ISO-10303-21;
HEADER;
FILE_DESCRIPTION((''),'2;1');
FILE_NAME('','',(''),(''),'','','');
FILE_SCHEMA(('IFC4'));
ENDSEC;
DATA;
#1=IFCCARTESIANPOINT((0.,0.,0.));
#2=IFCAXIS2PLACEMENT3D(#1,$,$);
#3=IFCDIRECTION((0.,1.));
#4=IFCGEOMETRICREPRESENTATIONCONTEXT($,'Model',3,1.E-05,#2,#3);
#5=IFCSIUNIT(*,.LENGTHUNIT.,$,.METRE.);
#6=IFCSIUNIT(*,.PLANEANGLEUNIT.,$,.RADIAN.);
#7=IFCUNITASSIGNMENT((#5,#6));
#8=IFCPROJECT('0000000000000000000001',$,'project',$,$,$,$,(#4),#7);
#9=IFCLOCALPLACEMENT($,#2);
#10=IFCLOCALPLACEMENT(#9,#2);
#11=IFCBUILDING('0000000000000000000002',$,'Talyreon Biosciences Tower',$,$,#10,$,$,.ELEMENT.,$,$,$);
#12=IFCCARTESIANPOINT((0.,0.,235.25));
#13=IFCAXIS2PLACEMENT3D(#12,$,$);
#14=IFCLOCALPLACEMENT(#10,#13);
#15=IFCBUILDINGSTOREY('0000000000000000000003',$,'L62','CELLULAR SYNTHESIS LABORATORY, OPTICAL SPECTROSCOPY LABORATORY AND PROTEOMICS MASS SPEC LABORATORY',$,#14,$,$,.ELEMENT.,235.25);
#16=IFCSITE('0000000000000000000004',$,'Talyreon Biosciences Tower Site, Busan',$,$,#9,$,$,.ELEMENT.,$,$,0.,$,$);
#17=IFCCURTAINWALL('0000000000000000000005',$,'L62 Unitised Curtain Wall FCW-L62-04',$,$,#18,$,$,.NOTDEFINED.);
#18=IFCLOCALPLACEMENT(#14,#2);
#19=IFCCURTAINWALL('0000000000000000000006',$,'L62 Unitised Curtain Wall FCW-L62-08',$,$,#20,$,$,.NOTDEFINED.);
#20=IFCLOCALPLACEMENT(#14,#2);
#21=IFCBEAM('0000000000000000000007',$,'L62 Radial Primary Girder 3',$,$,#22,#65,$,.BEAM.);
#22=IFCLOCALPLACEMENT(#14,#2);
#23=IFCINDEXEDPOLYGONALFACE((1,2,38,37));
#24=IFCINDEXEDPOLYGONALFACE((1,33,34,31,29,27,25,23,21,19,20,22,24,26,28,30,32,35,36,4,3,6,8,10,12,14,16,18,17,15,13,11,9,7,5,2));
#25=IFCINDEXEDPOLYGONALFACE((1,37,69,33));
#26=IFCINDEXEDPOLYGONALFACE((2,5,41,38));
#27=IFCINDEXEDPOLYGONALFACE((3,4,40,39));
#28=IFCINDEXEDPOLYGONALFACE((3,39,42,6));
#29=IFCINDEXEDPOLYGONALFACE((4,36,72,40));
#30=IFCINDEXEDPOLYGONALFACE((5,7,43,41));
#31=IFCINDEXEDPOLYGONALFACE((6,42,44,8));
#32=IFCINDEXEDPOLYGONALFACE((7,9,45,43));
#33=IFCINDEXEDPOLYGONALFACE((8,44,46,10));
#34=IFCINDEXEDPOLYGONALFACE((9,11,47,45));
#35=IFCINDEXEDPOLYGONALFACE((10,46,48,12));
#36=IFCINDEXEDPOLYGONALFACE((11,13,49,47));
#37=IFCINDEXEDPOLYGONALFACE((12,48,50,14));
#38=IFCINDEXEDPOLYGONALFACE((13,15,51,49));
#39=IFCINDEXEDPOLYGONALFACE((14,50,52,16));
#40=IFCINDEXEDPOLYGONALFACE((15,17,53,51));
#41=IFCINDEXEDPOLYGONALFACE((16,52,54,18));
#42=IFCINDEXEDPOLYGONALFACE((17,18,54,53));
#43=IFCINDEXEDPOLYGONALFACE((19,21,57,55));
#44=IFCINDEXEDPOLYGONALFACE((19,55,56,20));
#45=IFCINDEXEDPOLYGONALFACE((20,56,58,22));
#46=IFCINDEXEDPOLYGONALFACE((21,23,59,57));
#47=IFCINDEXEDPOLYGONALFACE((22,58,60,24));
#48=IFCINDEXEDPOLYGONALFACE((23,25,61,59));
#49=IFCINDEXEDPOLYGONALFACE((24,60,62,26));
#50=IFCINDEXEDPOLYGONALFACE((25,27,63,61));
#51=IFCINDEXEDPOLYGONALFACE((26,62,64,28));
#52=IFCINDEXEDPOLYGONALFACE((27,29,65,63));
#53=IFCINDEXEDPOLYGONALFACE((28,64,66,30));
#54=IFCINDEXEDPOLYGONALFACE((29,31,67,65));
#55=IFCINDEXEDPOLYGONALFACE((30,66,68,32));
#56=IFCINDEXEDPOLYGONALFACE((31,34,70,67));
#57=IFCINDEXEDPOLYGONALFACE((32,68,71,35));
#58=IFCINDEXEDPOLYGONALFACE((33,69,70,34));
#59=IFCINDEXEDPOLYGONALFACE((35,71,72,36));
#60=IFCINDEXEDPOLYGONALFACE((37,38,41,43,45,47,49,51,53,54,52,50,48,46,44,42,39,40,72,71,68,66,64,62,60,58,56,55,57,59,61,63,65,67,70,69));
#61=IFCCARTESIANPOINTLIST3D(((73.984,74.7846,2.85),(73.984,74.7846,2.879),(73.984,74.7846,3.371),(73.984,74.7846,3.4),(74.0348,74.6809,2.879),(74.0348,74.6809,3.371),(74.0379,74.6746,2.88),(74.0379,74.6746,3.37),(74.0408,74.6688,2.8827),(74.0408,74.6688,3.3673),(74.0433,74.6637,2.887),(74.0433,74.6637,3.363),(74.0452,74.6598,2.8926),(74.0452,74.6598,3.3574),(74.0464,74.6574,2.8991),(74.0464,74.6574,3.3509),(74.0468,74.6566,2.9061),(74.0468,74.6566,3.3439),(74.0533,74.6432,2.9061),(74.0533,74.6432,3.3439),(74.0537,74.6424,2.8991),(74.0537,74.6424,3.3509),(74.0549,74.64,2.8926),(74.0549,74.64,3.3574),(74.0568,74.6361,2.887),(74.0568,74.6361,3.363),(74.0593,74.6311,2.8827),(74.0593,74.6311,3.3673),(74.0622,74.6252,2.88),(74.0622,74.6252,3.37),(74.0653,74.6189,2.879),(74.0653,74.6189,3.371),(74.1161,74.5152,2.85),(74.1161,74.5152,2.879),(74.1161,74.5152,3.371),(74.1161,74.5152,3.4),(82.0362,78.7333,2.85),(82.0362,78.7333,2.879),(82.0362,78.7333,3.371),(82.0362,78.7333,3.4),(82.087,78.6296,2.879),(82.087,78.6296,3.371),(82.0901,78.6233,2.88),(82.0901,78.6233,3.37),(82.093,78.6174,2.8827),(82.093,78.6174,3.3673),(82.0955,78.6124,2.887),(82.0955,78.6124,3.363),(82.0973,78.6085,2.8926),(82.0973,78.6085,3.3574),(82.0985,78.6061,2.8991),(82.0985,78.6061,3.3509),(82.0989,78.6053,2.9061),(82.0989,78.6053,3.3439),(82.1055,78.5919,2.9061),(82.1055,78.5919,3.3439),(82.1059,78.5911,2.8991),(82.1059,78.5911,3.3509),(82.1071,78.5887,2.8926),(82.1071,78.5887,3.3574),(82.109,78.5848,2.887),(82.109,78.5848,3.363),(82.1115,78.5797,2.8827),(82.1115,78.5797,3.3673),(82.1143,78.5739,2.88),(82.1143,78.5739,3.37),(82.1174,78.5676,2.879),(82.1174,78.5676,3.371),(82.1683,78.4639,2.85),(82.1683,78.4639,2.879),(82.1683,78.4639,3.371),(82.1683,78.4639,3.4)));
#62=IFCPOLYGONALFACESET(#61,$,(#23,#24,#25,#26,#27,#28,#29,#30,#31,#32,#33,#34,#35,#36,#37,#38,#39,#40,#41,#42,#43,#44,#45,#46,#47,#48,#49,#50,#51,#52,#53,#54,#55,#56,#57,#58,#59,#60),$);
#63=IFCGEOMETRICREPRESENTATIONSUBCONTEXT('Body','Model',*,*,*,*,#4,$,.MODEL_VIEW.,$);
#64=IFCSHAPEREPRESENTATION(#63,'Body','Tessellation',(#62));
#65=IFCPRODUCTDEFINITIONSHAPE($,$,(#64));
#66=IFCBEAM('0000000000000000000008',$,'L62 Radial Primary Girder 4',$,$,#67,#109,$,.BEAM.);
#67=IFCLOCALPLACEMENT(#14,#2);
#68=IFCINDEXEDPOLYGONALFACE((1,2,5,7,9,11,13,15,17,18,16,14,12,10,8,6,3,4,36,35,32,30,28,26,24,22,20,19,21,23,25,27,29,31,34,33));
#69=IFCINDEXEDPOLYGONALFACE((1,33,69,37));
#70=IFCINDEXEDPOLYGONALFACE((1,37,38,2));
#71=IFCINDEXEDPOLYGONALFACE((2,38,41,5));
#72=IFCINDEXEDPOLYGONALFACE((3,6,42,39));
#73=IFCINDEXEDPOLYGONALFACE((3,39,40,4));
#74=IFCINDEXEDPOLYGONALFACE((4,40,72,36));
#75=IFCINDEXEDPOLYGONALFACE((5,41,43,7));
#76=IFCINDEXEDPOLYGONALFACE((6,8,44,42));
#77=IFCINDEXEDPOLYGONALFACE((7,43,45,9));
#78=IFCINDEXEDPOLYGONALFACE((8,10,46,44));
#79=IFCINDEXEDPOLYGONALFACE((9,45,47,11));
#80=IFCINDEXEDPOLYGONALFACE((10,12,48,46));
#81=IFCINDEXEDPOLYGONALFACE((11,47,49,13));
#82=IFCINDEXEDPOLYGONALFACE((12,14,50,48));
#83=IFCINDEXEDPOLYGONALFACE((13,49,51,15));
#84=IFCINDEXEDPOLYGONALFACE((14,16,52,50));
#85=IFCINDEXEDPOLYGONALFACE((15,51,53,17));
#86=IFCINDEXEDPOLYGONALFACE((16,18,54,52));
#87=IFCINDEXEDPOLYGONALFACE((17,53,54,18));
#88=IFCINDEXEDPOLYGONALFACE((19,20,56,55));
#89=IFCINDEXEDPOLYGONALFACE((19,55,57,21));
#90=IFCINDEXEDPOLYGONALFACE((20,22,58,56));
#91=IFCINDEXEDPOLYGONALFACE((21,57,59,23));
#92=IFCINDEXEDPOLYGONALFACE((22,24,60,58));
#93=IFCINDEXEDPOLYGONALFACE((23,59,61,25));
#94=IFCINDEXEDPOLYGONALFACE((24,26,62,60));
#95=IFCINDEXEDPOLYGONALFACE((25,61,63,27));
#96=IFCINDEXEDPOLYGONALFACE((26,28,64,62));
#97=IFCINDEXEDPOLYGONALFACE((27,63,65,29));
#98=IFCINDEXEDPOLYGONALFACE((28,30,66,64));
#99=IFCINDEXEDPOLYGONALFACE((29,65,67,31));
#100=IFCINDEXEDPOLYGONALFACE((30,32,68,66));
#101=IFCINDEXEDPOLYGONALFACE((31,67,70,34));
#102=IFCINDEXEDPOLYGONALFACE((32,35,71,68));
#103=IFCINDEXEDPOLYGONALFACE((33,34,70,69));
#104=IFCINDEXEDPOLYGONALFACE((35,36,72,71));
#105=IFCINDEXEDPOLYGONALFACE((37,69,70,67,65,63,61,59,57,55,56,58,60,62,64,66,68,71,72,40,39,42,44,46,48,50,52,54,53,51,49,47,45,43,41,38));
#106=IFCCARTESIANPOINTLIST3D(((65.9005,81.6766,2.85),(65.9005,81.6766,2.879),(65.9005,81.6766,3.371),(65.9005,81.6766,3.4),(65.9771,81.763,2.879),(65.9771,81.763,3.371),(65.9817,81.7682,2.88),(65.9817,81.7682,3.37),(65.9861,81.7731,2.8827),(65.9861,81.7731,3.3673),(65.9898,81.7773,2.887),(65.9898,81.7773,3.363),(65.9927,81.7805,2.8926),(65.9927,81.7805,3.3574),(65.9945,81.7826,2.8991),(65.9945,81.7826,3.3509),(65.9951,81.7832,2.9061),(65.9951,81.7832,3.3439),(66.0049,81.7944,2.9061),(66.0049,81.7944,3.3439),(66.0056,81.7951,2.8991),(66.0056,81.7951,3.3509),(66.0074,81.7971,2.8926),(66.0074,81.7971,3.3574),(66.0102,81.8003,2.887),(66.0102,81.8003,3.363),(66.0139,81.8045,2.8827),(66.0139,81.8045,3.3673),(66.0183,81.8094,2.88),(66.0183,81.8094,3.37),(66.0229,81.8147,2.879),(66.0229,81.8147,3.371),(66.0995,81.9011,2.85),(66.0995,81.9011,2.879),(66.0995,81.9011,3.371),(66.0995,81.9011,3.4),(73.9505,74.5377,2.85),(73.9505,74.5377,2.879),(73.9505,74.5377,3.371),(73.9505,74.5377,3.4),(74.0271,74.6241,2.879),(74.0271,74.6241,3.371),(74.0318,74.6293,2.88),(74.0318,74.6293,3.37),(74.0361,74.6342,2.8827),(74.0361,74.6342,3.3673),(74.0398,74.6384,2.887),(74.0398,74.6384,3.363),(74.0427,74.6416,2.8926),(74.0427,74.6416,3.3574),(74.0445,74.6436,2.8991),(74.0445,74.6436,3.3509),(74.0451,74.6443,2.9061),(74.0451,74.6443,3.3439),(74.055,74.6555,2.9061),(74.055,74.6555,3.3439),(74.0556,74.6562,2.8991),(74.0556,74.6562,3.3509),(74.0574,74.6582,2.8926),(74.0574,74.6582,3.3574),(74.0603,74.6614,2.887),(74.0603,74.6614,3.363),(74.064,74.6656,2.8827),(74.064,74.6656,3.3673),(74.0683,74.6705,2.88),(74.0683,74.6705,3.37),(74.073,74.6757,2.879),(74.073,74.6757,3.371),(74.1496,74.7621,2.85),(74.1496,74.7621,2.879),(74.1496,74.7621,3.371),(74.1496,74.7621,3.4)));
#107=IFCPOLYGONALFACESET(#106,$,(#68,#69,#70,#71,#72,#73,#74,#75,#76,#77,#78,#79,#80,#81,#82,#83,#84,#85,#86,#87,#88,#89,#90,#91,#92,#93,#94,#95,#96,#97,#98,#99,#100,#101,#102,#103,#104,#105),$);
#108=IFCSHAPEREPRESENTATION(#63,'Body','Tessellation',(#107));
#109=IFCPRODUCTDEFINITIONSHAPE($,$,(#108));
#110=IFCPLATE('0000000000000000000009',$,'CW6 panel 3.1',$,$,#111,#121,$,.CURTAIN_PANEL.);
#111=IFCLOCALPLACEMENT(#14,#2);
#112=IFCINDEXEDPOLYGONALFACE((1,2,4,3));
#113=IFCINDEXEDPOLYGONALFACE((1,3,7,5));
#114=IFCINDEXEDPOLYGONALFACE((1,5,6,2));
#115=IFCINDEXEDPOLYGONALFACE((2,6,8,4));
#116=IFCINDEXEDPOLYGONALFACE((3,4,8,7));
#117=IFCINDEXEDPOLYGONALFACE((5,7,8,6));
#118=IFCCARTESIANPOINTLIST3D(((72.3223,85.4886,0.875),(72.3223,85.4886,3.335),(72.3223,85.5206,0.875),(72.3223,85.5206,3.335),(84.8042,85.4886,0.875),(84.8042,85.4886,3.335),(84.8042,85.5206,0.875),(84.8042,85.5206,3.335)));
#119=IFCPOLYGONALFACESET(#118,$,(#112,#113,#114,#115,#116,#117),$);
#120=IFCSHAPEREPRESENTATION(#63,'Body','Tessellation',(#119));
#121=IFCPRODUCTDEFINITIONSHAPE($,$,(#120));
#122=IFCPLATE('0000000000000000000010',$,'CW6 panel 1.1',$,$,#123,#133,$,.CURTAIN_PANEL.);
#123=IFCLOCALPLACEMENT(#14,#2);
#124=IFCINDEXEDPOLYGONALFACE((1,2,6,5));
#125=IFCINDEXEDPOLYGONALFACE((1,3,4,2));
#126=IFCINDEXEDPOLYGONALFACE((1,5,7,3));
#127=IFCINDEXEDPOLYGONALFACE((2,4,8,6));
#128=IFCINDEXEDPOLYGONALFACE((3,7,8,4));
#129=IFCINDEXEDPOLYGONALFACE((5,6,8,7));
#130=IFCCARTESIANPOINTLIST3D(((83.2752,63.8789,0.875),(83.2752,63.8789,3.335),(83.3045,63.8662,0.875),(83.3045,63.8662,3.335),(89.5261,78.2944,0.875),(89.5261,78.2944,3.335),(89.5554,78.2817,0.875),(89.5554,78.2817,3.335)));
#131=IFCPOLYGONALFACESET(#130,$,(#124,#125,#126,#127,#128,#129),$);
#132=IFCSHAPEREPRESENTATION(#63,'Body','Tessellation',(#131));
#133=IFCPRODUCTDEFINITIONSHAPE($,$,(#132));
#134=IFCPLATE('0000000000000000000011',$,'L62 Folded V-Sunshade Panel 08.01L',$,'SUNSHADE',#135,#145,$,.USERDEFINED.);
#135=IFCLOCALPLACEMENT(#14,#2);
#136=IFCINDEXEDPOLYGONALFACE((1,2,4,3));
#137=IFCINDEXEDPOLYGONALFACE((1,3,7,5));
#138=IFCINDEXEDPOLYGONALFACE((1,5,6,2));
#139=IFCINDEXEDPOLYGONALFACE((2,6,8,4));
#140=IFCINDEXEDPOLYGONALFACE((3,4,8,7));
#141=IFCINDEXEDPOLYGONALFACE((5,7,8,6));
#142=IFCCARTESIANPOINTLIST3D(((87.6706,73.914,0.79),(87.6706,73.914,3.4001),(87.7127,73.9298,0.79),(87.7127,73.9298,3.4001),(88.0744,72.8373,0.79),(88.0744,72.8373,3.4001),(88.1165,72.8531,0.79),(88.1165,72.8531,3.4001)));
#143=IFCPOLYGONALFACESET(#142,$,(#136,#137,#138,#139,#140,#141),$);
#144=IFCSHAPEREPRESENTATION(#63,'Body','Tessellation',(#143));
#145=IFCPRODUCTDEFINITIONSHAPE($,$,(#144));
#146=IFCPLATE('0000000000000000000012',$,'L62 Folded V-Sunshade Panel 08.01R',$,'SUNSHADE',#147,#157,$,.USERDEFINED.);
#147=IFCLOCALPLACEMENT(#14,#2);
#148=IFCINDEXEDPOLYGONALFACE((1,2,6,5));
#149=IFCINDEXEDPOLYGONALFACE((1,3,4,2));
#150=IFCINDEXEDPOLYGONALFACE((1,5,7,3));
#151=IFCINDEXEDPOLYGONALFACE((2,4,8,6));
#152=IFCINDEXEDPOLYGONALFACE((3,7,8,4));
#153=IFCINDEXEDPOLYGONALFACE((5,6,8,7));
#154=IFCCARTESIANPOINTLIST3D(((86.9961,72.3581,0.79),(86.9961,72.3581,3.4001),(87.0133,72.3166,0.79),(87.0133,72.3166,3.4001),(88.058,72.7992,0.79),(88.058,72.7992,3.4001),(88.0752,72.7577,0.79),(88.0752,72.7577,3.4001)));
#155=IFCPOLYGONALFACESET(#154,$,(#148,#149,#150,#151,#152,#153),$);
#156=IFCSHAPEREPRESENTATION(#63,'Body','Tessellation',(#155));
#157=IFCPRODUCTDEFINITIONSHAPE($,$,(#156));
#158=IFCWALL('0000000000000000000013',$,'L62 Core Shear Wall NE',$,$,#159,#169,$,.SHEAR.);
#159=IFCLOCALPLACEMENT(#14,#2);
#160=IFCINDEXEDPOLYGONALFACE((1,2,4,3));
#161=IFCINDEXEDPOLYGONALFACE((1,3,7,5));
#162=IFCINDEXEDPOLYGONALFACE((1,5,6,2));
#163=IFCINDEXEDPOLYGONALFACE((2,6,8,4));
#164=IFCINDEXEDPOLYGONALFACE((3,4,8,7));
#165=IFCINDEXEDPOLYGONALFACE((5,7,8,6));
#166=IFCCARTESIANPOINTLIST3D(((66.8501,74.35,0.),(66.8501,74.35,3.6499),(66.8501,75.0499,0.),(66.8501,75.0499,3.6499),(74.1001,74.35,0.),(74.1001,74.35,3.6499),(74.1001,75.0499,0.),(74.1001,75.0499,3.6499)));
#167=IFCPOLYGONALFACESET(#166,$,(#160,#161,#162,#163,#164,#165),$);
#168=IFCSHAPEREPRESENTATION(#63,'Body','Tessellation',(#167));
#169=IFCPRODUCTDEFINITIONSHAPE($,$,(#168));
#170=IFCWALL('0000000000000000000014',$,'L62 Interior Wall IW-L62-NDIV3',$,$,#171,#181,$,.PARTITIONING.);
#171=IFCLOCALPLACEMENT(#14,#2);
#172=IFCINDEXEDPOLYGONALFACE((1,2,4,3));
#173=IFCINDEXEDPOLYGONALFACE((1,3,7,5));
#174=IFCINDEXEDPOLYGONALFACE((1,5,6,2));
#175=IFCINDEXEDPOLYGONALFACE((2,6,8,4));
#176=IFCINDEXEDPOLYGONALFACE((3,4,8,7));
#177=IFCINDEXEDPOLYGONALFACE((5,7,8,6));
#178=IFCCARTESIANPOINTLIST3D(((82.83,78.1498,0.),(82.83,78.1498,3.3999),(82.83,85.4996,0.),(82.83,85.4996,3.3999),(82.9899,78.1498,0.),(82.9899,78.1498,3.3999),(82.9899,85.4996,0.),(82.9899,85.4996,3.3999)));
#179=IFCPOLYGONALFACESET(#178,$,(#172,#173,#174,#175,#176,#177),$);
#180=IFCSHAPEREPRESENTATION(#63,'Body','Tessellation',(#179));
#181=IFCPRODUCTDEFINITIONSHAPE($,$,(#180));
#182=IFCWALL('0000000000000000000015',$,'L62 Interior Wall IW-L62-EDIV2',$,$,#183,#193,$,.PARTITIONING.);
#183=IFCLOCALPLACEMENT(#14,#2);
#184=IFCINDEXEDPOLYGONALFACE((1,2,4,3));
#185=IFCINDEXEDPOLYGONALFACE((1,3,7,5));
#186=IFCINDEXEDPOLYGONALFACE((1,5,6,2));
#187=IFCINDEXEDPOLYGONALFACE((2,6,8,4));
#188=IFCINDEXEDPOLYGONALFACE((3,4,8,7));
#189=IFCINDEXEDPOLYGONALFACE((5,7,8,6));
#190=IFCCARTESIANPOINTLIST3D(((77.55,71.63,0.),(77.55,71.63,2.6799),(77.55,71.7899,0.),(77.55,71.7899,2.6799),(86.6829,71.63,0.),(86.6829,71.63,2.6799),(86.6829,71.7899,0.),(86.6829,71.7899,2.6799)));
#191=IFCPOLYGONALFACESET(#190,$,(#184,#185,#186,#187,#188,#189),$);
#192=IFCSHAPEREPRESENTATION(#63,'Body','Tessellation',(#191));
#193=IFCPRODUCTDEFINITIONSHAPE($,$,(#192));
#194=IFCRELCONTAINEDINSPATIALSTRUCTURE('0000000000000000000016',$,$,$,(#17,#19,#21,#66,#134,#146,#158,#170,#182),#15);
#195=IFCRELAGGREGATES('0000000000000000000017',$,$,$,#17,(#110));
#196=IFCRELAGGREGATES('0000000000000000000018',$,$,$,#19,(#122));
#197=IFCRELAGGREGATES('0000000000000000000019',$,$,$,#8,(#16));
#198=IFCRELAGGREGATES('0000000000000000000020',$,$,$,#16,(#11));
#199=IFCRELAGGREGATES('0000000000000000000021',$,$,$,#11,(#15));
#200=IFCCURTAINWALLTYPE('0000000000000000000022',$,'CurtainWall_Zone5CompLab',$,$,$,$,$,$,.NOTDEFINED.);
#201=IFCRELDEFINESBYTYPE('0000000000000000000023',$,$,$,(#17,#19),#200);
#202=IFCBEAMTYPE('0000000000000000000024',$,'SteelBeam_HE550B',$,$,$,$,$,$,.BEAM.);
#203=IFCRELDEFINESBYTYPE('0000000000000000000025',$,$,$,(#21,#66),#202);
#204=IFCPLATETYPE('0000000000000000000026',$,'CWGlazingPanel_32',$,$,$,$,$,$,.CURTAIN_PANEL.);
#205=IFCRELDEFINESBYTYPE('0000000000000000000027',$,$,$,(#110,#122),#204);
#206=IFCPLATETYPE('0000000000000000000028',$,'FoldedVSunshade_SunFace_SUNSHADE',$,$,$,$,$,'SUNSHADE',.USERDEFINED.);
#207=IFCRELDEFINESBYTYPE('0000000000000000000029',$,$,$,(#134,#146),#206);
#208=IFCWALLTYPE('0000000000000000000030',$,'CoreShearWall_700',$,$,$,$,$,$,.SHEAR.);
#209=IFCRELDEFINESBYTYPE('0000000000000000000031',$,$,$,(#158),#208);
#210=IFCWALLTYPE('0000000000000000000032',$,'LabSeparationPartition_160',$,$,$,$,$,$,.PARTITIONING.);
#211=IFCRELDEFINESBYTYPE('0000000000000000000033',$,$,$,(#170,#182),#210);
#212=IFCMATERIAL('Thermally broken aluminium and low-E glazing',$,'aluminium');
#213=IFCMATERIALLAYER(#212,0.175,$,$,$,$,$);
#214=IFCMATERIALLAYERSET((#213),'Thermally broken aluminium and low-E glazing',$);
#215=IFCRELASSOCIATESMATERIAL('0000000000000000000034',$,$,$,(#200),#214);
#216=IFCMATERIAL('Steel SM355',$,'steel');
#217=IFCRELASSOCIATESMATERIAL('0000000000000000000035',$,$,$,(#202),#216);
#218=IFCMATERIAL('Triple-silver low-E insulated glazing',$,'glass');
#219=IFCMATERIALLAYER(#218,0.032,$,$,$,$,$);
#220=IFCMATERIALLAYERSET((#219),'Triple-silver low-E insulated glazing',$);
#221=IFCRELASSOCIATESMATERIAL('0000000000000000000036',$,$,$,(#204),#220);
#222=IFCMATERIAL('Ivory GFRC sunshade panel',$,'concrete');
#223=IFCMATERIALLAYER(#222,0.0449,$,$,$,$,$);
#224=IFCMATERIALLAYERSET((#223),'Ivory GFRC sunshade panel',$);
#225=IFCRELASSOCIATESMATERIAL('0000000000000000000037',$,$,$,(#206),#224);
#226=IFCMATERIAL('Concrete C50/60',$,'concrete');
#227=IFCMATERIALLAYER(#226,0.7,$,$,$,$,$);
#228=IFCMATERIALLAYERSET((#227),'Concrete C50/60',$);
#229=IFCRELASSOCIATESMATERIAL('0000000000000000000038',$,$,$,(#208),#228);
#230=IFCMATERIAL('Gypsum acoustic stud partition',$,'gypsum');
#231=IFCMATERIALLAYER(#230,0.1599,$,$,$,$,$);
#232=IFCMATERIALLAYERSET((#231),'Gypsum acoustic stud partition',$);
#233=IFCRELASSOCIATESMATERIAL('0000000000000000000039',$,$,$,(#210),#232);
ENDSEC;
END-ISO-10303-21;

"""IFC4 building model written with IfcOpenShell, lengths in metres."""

from ifc_helpers import new_model, si_unit, direction, frame, frame_2d, origin, origin_2d, place, context, subcontext, project, spatial, rectangle, i_section, extrude, material, layer, layer_set, material_profile, profile_set, type_object, element, aggregate, save


model = new_model("IFC4")

# Units and contexts
model_context = context("Model", 3, precision=1e-05, world=origin(), true_north=direction((0.0, 1.0)))
body_context = subcontext(model_context, "Body", "Model", "MODEL_VIEW")
ifc_project = project(units=[si_unit("LENGTHUNIT", "METRE"), si_unit("PLANEANGLEUNIT", "RADIAN")], contexts=[model_context])

# Site, building, storey
site_placement = place(None, origin())
site = spatial("IfcSite", under=ifc_project, at=site_placement, Name="Talyreon Biosciences Tower Site, Busan", CompositionType="ELEMENT", RefElevation=0.0)
building_placement = place(site_placement, origin())
building = spatial("IfcBuilding", under=site, at=building_placement, Name="Talyreon Biosciences Tower", CompositionType="ELEMENT")
storey_placement = place(building_placement, frame((0.0, 0.0, 235.25)))
storey = spatial("IfcBuildingStorey", under=building, at=storey_placement, Name="L62", Description="CELLULAR SYNTHESIS LABORATORY, OPTICAL SPECTROSCOPY LABORATORY AND PROTEOMICS MASS SPEC LABORATORY", CompositionType="ELEMENT", Elevation=235.25)

# Shared definitions
ifc_material_1 = material(Name="Concrete C50/60", Category="concrete")

# Curtain wall
ifc_material_2 = material(Name="Thermally broken aluminium and low-E glazing", Category="aluminium")
ifc_layer_1 = layer(ifc_material_2, 0.175)
ifc_layer_set_1 = layer_set([ifc_layer_1], Name="Thermally broken aluminium and low-E glazing")
curtain_wall_type = type_object("IfcCurtainWallType", Name="CurtainWall_Zone5CompLab", PredefinedType="NOTDEFINED", material=ifc_layer_set_1)
curtain_wall_1_placement = place(storey_placement, origin())
curtain_wall_1 = element("IfcCurtainWall", 1, at=curtain_wall_1_placement, inside=storey, type_object=curtain_wall_type, Name="L62 Unitised Curtain Wall FCW-L62-04", PredefinedType="NOTDEFINED")

# Curtain wall
curtain_wall_2_placement = place(storey_placement, origin())
curtain_wall_2 = element("IfcCurtainWall", 2, at=curtain_wall_2_placement, inside=storey, type_object=curtain_wall_type, Name="L62 Unitised Curtain Wall FCW-L62-08", PredefinedType="NOTDEFINED")

# Beams
ifc_material_3 = material(Name="Steel SM355", Category="steel")
ifc_material_profile_1 = material_profile(ifc_material_3, i_section(OverallWidth=0.3, OverallDepth=0.55, WebThickness=0.0149, FlangeThickness=0.0291, FilletRadius=0.0271, at=origin_2d()), Name="HE550B")
ifc_profile_set_1 = profile_set([ifc_material_profile_1], Name="Steel SM355")
beam_type_1 = type_object("IfcBeamType", Name="SteelBeam_HE550B", PredefinedType="BEAM", material=ifc_profile_set_1)
beam_1_placement = place(storey_placement, frame((74.05, 74.6499, 3.125), z_axis=(0.897852, 0.440297, 0.0), x_axis=(-0.440297, 0.897852, 0.0)))
element("IfcBeam", 3, at=beam_1_placement, inside=storey, type_object=beam_type_1, Name="L62 Radial Primary Girder 3", PredefinedType="BEAM", context=body_context, shape_type="SweptSolid", body=[
    extrude(i_section(OverallWidth=0.3, OverallDepth=0.55, WebThickness=0.0149, FlangeThickness=0.0291, FilletRadius=0.0271, at=origin_2d()), origin(), (0.0, 0.0, 1.0), 8.9683),
])
beam_2_placement = place(storey_placement, frame((74.05, 74.6499, 3.125), z_axis=(-0.748179, 0.663497, 0.0), x_axis=(-0.663497, -0.748179, 0.0)))
element("IfcBeam", 4, at=beam_2_placement, inside=storey, type_object=beam_type_1, Name="L62 Radial Primary Girder 4", PredefinedType="BEAM", context=body_context, shape_type="SweptSolid", body=[
    extrude(i_section(OverallWidth=0.3, OverallDepth=0.55, WebThickness=0.0149, FlangeThickness=0.0291, FilletRadius=0.0271, at=origin_2d()), origin(), (0.0, 0.0, 1.0), 10.7595),
])

# Plates
ifc_material_4 = material(Name="Triple-silver low-E insulated glazing", Category="glass")
ifc_layer_2 = layer(ifc_material_4, 0.032)
ifc_layer_set_2 = layer_set([ifc_layer_2], Name="Triple-silver low-E insulated glazing")
plate_type_1 = type_object("IfcPlateType", Name="CWGlazingPanel_32", PredefinedType="CURTAIN_PANEL", material=ifc_layer_set_2)
plate_1_placement = place(storey_placement, frame((78.5632, 85.5046, 0.875), z_axis=(0.0, 0.0, 1.0), x_axis=(1.0, 0.0, 0.0)))
plate_1 = element("IfcPlate", 5, at=plate_1_placement, type_object=plate_type_1, Name="CW6 panel 3.1", PredefinedType="CURTAIN_PANEL", context=body_context, shape_type="SweptSolid", body=[
    extrude(rectangle(XDim=12.4819, YDim=0.032, at=origin_2d()), origin(), (0.0, 0.0, 1.0), 2.46),
])
aggregate(curtain_wall_1, [plate_1])
plate_2_placement = place(storey_placement, frame((86.4153, 71.0803, 0.875), z_axis=(0.0, 0.0, 1.0), x_axis=(-0.397832, -0.917458, 0.0)))
plate_2 = element("IfcPlate", 6, at=plate_2_placement, type_object=plate_type_1, Name="CW6 panel 1.1", PredefinedType="CURTAIN_PANEL", context=body_context, shape_type="SweptSolid", body=[
    extrude(rectangle(XDim=15.7124, YDim=0.032, at=origin_2d()), origin(), (0.0, 0.0, 1.0), 2.46),
])
aggregate(curtain_wall_2, [plate_2])

# Plates
ifc_material_5 = material(Name="Ivory GFRC sunshade panel", Category="concrete")
ifc_layer_3 = layer(ifc_material_5, 0.0449)
ifc_layer_set_3 = layer_set([ifc_layer_3], Name="Ivory GFRC sunshade panel")
plate_type_2 = type_object("IfcPlateType", Name="FoldedVSunshade_SunFace_SUNSHADE", ElementType="SUNSHADE", PredefinedType="USERDEFINED", material=ifc_layer_set_3)
for number, where, z_axis, x_axis, name in (
    (7, (87.8936, 73.3835, 0.79), (0.0, 0.0, 1.0), (0.351139, -0.936323, 0.0), "L62 Folded V-Sunshade Panel 08.01L"),
    (8, (87.5356, 72.5579, 0.79), (0.0, 0.0, 1.0), (-0.923498, -0.383602, 0.0), "L62 Folded V-Sunshade Panel 08.01R"),
):
    element("IfcPlate", number, at=place(storey_placement, frame(where, z_axis=z_axis, x_axis=x_axis)), inside=storey, type_object=plate_type_2, Name=name, ObjectType="SUNSHADE", PredefinedType="USERDEFINED", context=body_context, shape_type="SweptSolid", body=[
        extrude(rectangle(XDim=1.1499, YDim=0.0449, at=origin_2d()), origin(), (0.0, 0.0, 1.0), 2.6101),
    ])

# Walls
ifc_layer_4 = layer(ifc_material_1, 0.7)
ifc_layer_set_4 = layer_set([ifc_layer_4], Name="Concrete C50/60")
wall_type_1 = type_object("IfcWallType", Name="CoreShearWall_700", PredefinedType="SHEAR", material=ifc_layer_set_4)
wall_1_placement = place(storey_placement, frame((74.1001, 74.7, 0.0), z_axis=(0.0, 0.0, 1.0), x_axis=(-1.0, 0.0, 0.0)))
element("IfcWall", 9, at=wall_1_placement, inside=storey, type_object=wall_type_1, Name="L62 Core Shear Wall NE", PredefinedType="SHEAR", context=body_context, shape_type="SweptSolid", body=[
    extrude(rectangle(XDim=7.25, YDim=0.7, at=frame_2d((3.625, 0.0))), origin(), (0.0, 0.0, 1.0), 3.6499),
])
ifc_material_6 = material(Name="Gypsum acoustic stud partition", Category="gypsum")
ifc_layer_5 = layer(ifc_material_6, 0.1599)
ifc_layer_set_5 = layer_set([ifc_layer_5], Name="Gypsum acoustic stud partition")
wall_type_2 = type_object("IfcWallType", Name="LabSeparationPartition_160", PredefinedType="PARTITIONING", material=ifc_layer_set_5)
wall_2_placement = place(storey_placement, frame((82.9099, 78.1499, 0.0), z_axis=(0.0, 0.0, 1.0), x_axis=(0.0, 1.0, 0.0)))
element("IfcWall", 10, at=wall_2_placement, inside=storey, type_object=wall_type_2, Name="L62 Interior Wall IW-L62-NDIV3", PredefinedType="PARTITIONING", context=body_context, shape_type="SweptSolid", body=[
    extrude(rectangle(XDim=7.3499, YDim=0.1599, at=frame_2d((3.6748, 0.0))), origin(), (0.0, 0.0, 1.0), 3.3999),
])
wall_3_placement = place(storey_placement, frame((77.55, 71.71, 0.0), z_axis=(0.0, 0.0, 1.0), x_axis=(1.0, 0.0, 0.0)))
element("IfcWall", 11, at=wall_3_placement, inside=storey, type_object=wall_type_2, Name="L62 Interior Wall IW-L62-EDIV2", PredefinedType="PARTITIONING", context=body_context, shape_type="SweptSolid", body=[
    extrude(rectangle(XDim=9.1328, YDim=0.1599, at=frame_2d((4.5664, 0.0))), origin(), (0.0, 0.0, 1.0), 2.6799),
])

save(model, "model.ifc")
